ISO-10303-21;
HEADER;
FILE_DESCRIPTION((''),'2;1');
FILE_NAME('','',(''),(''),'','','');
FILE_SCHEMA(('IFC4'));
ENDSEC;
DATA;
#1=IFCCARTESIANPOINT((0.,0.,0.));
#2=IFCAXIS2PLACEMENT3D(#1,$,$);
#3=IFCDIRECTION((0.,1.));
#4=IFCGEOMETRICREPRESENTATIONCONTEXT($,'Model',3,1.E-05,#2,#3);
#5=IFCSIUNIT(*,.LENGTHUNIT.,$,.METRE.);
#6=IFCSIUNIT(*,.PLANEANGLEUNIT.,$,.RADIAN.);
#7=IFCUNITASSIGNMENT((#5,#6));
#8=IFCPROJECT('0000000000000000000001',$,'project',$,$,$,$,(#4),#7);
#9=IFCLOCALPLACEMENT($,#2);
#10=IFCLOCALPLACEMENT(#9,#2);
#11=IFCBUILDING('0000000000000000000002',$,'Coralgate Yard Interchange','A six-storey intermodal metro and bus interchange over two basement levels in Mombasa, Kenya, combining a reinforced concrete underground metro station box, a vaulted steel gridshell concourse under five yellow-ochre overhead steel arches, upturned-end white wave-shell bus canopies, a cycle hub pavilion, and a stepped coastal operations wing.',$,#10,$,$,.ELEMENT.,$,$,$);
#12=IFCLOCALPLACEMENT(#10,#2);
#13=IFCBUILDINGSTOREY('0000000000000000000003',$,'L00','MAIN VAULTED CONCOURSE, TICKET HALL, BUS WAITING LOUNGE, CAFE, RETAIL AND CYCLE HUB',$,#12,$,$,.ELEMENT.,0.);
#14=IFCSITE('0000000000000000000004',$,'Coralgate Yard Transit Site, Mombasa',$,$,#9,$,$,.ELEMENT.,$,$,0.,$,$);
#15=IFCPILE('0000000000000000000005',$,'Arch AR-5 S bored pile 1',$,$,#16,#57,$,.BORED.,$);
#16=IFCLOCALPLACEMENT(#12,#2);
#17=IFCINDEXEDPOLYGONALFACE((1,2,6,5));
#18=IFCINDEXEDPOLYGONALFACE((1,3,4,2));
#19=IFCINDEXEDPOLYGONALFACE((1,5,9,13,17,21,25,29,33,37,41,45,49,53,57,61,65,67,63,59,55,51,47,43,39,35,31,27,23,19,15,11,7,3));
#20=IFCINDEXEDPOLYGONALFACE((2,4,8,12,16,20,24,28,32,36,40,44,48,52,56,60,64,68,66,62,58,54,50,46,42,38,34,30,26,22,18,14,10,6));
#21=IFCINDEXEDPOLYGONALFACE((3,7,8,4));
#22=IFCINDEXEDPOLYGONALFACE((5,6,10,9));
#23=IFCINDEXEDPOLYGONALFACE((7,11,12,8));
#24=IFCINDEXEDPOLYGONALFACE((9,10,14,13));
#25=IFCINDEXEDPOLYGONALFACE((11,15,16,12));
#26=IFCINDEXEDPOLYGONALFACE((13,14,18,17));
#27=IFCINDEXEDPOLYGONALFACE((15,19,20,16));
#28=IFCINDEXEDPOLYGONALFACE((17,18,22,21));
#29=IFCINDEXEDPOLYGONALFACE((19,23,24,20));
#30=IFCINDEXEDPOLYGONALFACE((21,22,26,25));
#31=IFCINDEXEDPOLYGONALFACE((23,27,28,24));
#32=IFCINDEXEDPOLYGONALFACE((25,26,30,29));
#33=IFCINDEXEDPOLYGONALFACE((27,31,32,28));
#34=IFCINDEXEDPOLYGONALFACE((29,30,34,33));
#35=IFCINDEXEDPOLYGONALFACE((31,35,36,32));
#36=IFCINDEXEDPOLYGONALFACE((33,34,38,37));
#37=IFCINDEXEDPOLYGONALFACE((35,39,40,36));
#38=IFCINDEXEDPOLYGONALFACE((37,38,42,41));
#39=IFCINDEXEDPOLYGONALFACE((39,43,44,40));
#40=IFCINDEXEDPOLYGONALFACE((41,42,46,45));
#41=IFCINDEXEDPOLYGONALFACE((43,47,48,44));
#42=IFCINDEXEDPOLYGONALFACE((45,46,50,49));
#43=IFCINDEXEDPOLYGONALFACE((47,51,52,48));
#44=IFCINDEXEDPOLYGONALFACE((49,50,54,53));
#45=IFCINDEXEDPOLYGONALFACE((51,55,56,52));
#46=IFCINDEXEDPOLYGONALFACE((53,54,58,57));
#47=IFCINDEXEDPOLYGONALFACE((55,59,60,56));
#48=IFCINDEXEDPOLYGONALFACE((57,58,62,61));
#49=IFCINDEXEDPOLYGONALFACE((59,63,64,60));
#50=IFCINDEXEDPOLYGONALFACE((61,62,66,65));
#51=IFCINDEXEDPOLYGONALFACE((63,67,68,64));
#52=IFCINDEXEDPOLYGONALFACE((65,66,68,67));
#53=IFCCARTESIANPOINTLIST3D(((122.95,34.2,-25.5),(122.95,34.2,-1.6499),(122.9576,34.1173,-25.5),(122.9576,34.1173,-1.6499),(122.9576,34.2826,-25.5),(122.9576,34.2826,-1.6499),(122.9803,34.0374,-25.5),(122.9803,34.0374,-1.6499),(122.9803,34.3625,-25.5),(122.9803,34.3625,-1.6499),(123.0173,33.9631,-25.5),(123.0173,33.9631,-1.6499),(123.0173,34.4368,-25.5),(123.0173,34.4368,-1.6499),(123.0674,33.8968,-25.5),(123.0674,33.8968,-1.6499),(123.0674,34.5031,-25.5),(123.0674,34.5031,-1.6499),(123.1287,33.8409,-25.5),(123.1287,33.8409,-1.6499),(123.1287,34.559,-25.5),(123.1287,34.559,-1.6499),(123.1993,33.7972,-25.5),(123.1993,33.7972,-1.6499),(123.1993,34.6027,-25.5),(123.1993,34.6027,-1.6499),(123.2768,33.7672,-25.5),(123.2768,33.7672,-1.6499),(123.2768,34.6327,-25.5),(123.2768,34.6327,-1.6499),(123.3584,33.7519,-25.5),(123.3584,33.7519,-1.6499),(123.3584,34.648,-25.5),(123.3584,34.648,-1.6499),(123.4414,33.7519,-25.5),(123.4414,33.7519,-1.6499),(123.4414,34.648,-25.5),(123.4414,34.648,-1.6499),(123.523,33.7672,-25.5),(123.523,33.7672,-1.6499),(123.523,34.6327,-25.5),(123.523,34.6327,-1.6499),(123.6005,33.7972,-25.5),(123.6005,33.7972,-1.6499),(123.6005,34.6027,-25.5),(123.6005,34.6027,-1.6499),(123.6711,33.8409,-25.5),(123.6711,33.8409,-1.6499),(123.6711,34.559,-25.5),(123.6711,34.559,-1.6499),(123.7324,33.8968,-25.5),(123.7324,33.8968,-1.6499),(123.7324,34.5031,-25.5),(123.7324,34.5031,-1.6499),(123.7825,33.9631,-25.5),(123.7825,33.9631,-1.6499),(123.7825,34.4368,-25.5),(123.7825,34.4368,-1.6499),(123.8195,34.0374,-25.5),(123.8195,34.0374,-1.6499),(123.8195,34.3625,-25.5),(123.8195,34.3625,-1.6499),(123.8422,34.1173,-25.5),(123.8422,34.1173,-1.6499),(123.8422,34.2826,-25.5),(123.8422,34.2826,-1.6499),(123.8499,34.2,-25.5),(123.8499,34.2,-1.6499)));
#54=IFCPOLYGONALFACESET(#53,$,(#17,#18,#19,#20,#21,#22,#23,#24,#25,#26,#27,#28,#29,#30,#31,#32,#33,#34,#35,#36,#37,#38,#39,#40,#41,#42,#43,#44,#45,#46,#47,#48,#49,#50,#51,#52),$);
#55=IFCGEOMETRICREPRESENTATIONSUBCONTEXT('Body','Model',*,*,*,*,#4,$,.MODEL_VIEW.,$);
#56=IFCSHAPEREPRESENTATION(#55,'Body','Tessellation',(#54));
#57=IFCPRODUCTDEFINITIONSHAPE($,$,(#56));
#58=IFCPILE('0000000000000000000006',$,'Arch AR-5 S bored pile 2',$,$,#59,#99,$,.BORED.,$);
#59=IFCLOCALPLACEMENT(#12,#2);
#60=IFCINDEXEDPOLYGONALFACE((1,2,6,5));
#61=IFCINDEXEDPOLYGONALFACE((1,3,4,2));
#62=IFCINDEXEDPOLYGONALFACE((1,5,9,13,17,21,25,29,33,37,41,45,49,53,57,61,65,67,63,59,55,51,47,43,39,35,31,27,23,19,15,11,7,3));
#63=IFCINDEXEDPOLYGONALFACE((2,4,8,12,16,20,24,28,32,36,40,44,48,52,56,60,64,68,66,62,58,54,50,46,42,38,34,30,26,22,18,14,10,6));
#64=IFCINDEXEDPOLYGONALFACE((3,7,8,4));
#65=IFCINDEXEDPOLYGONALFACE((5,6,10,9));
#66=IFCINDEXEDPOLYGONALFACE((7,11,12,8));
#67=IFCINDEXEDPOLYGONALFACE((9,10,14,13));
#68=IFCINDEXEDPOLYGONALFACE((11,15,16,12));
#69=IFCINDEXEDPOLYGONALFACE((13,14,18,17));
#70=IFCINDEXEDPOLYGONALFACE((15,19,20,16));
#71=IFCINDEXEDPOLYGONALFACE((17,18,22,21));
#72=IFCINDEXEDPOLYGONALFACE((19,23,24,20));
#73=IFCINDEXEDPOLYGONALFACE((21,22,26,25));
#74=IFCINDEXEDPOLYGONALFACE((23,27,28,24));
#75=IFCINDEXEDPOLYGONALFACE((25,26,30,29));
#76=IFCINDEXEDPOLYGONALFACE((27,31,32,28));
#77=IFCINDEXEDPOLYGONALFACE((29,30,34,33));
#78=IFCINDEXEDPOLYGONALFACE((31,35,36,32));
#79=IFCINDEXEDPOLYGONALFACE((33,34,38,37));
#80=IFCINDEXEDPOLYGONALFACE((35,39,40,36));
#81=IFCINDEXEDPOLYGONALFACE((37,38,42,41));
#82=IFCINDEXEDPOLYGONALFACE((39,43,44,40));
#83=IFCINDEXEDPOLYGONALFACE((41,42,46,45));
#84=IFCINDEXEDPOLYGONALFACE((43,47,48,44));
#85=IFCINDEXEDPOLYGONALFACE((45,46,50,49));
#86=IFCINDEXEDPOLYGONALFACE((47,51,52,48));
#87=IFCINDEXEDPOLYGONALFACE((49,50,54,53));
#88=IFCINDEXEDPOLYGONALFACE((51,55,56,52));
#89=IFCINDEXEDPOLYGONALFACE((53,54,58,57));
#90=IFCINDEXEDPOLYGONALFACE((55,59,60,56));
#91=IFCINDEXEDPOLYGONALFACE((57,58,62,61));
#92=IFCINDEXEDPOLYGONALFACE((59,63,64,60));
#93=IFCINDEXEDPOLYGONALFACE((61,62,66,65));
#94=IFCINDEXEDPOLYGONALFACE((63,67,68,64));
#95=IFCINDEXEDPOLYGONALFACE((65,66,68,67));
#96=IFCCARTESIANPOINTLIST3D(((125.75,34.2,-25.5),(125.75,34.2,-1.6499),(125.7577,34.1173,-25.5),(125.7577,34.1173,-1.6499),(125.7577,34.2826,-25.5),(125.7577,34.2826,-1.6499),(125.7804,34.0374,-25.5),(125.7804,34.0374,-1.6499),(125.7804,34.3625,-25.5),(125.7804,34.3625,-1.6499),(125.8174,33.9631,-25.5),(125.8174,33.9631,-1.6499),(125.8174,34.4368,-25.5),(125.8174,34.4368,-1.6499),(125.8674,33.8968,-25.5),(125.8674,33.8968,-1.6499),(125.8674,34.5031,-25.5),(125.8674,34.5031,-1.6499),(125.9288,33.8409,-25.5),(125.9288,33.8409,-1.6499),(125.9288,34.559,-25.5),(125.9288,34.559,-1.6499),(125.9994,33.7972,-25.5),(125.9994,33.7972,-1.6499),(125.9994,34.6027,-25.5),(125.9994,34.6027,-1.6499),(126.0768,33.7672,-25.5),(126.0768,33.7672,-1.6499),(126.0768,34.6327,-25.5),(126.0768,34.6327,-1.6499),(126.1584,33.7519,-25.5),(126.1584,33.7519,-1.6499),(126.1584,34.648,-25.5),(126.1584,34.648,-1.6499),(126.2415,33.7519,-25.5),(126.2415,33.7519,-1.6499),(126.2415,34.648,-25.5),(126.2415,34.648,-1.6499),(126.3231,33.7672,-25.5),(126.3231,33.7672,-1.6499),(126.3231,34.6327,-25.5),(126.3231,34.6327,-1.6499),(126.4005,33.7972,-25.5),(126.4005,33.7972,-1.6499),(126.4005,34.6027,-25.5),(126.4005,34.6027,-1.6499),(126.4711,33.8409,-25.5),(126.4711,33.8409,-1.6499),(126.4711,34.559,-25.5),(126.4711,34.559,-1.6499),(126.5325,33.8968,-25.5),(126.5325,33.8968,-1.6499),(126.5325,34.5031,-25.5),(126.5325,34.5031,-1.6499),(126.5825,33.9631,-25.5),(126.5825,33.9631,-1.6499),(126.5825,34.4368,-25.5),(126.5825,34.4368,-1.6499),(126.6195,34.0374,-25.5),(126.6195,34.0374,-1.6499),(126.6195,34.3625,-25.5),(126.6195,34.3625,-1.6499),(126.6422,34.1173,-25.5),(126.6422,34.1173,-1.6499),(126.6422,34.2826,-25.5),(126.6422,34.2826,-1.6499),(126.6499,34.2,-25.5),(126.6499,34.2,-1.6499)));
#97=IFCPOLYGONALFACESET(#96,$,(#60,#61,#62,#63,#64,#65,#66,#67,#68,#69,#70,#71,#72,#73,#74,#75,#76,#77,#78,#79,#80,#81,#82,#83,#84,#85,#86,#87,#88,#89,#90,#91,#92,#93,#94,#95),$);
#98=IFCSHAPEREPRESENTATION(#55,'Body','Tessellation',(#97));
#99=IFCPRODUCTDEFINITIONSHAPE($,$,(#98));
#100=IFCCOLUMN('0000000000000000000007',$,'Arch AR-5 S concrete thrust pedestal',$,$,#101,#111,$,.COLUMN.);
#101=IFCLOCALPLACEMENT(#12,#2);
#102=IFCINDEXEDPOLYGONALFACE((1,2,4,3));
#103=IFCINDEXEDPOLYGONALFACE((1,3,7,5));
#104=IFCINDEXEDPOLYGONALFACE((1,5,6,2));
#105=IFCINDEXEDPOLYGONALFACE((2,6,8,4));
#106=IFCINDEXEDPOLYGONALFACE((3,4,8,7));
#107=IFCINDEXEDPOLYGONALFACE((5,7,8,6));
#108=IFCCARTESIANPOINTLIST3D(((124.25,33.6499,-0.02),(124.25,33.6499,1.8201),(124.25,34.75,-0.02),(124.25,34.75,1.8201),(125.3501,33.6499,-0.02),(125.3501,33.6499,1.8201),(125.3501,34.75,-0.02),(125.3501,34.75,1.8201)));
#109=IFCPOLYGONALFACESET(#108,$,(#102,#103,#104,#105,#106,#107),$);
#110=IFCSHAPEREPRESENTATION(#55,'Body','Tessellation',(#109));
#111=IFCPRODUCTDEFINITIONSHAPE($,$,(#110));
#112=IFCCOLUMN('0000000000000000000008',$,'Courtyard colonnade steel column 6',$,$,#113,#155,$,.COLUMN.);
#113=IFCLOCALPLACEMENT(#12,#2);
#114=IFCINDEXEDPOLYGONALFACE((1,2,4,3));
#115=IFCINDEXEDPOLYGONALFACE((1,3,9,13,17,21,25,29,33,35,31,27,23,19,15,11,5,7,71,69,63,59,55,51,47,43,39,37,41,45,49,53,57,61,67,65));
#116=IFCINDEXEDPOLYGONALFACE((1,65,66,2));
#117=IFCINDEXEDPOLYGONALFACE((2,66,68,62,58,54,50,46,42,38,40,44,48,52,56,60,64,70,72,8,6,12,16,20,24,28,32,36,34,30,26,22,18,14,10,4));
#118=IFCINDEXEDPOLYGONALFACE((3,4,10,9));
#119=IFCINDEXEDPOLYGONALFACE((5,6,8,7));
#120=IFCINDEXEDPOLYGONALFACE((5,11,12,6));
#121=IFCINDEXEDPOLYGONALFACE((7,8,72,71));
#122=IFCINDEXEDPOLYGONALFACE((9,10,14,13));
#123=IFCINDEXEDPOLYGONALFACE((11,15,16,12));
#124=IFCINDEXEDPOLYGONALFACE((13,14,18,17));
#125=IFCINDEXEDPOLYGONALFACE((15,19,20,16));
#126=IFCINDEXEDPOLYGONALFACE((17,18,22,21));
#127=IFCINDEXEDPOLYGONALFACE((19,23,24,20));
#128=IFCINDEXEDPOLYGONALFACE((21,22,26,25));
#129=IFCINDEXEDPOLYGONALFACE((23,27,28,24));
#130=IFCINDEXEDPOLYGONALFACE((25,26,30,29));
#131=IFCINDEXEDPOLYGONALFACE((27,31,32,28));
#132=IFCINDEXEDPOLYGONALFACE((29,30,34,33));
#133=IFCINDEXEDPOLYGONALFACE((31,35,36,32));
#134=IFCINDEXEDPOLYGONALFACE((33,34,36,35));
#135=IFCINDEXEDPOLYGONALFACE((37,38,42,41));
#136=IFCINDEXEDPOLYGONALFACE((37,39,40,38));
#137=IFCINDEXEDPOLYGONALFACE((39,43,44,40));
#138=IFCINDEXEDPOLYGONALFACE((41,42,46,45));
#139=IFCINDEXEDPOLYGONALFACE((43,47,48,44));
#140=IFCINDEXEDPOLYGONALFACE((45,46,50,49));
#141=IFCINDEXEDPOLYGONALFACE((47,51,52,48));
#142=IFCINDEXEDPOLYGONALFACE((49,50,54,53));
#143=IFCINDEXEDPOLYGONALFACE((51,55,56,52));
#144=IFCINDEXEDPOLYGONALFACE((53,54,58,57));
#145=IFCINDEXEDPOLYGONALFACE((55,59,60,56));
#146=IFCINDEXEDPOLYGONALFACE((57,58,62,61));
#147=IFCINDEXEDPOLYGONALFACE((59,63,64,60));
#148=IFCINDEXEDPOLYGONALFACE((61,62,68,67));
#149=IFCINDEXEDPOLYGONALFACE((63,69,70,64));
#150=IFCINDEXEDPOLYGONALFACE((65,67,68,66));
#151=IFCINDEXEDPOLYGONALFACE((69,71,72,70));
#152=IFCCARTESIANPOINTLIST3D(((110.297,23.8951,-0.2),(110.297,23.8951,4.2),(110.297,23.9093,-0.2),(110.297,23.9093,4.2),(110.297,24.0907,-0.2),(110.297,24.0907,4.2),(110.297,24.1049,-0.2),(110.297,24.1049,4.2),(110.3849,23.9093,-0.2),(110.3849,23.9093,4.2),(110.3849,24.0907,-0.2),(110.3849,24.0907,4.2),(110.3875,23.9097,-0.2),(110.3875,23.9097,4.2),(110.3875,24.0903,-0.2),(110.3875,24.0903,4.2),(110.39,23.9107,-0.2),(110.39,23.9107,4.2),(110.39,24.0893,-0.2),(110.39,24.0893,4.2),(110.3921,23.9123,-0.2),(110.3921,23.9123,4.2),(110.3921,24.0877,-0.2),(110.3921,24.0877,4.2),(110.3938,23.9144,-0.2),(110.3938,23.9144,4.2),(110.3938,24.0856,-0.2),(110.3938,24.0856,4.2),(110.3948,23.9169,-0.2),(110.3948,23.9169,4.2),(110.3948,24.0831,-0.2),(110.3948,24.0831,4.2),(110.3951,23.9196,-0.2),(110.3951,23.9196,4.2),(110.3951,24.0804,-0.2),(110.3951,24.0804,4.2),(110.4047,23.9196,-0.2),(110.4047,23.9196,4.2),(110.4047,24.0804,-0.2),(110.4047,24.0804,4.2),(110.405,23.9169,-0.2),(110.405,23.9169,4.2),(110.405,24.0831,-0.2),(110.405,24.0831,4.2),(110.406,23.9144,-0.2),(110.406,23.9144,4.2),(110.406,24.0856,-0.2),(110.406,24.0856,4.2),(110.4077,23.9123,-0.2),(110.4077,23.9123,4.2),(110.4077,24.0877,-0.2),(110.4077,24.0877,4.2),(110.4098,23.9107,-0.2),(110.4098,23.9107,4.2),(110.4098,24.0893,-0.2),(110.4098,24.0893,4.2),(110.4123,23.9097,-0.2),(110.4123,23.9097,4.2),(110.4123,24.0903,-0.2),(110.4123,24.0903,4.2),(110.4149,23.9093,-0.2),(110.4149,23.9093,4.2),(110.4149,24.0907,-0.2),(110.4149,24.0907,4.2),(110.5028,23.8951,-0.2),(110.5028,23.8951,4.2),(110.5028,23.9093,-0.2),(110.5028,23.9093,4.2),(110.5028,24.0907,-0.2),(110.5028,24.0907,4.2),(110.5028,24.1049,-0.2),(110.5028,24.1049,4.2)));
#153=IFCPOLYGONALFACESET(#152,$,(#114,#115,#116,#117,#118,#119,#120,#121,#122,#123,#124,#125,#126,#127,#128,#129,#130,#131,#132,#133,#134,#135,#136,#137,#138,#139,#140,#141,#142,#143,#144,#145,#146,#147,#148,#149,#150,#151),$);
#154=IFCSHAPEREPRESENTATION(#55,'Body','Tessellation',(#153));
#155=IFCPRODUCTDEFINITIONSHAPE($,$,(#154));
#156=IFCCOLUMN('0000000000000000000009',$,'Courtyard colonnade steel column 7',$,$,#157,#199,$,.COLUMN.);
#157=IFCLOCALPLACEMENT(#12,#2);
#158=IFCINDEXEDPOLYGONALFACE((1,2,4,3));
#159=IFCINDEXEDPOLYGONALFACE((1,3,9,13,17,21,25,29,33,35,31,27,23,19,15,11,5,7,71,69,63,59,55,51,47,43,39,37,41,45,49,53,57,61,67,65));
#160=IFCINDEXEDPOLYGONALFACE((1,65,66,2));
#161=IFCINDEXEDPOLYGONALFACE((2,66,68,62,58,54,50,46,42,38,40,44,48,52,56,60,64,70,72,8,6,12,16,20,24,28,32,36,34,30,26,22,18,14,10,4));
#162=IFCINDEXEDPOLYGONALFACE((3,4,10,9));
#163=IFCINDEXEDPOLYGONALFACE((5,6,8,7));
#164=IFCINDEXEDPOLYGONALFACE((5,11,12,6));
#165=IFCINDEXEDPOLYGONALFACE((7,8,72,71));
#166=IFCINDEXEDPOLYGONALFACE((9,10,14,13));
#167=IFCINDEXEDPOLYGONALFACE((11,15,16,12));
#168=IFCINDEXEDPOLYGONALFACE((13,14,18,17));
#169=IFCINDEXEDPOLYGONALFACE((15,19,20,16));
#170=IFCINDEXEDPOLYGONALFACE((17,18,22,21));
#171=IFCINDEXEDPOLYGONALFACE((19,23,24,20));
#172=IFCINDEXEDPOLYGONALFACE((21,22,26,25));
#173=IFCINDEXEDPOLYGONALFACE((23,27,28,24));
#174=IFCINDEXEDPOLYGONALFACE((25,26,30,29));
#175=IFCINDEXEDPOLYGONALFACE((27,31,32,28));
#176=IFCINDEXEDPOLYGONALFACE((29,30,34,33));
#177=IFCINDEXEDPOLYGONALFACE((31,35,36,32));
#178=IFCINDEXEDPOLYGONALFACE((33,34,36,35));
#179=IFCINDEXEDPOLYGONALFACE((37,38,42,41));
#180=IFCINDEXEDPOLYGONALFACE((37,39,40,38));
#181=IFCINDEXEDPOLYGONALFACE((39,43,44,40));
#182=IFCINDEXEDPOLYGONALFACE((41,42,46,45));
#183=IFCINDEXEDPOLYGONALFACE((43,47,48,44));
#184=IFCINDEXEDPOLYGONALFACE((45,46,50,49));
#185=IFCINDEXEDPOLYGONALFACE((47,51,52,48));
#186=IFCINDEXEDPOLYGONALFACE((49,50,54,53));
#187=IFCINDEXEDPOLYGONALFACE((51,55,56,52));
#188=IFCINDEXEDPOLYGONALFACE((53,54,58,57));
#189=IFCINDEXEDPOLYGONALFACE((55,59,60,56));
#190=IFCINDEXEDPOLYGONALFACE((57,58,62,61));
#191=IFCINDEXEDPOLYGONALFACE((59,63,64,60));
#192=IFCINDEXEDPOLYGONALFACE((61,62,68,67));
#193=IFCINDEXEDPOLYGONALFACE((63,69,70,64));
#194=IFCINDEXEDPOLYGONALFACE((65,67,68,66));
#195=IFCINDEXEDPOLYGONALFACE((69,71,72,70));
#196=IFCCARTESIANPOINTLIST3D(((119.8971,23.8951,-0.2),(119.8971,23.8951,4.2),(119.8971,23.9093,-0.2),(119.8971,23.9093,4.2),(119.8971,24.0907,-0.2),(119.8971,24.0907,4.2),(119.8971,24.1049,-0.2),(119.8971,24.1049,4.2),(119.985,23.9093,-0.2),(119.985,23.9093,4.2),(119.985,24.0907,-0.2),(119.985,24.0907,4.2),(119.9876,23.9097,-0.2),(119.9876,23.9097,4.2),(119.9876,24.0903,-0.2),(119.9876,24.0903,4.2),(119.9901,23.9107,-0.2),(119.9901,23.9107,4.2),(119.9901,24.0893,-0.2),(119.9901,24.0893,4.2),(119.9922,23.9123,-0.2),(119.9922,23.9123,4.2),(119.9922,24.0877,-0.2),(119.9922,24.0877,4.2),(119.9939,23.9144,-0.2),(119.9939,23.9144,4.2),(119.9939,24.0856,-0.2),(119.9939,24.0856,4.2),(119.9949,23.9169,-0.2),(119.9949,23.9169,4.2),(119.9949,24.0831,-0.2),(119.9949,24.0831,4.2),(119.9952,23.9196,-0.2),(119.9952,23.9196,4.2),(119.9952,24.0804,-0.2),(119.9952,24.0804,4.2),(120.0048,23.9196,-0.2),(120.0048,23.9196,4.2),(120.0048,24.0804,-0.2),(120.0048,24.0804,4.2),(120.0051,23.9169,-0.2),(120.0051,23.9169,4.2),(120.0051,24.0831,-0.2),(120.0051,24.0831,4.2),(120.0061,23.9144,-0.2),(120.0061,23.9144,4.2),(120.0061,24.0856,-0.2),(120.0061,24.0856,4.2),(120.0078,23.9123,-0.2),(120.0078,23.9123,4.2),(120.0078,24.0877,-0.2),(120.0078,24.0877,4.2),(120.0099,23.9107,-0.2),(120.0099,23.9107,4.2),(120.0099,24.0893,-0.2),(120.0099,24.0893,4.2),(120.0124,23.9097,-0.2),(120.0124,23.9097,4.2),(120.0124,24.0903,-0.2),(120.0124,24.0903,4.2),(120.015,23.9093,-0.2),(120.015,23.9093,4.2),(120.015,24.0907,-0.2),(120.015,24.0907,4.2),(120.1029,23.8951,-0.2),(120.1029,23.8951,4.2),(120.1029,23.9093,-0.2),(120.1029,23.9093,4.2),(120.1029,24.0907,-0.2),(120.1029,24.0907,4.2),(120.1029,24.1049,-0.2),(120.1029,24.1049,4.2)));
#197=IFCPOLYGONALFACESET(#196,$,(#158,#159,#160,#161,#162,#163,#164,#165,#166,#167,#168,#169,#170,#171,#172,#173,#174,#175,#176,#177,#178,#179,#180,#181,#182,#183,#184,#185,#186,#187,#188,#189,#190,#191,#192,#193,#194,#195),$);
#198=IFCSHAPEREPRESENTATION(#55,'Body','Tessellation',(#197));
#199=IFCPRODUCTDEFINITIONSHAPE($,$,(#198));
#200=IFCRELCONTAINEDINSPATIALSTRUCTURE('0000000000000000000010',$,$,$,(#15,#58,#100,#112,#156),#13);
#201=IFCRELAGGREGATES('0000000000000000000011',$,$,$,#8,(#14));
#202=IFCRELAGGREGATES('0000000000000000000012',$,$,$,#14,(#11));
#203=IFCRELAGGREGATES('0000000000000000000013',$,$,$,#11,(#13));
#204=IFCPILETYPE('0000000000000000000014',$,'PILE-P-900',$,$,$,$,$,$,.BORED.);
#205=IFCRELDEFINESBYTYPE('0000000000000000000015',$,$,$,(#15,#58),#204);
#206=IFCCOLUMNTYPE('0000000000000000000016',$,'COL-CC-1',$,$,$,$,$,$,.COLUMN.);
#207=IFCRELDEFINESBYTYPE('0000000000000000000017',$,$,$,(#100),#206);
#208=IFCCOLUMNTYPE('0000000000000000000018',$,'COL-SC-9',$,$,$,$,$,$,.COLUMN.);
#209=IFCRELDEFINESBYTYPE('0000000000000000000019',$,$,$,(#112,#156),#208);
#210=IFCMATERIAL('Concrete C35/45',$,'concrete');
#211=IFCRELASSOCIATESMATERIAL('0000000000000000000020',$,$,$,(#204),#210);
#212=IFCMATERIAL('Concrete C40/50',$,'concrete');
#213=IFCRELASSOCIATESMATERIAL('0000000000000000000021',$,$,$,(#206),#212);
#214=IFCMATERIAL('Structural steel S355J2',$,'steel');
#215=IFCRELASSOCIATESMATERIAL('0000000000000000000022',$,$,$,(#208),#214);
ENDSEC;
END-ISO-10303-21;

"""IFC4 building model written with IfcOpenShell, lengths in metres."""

from ifc_helpers import new_model, si_unit, direction, frame, origin, origin_2d, place, context, subcontext, project, spatial, rectangle, circle, i_section, extrude, material, material_profile, profile_set, type_object, element, save


model = new_model("IFC4")

# Units and contexts
model_context = context("Model", 3, precision=1e-05, world=origin(), true_north=direction((0.0, 1.0)))
body_context = subcontext(model_context, "Body", "Model", "MODEL_VIEW")
ifc_project = project(units=[si_unit("LENGTHUNIT", "METRE"), si_unit("PLANEANGLEUNIT", "RADIAN")], contexts=[model_context])

# Site, building, storey
site_placement = place(None, origin())
site = spatial("IfcSite", under=ifc_project, at=site_placement, Name="Coralgate Yard Transit Site, Mombasa", CompositionType="ELEMENT", RefElevation=0.0)
building_placement = place(site_placement, origin())
building = spatial("IfcBuilding", under=site, at=building_placement, Name="Coralgate Yard Interchange", Description="A six-storey intermodal metro and bus interchange over two basement levels in Mombasa, Kenya, combining a reinforced concrete underground metro station box, a vaulted steel gridshell concourse under five yellow-ochre overhead steel arches, upturned-end white wave-shell bus canopies, a cycle hub pavilion, and a stepped coastal operations wing.", CompositionType="ELEMENT")
storey_placement = place(building_placement, origin())
storey = spatial("IfcBuildingStorey", under=building, at=storey_placement, Name="L00", Description="MAIN VAULTED CONCOURSE, TICKET HALL, BUS WAITING LOUNGE, CAFE, RETAIL AND CYCLE HUB", CompositionType="ELEMENT", Elevation=0.0)

# Shared definitions
ifc_material_1 = material(Name="Concrete C40/50", Category="concrete")

# Piles
ifc_material_2 = material(Name="Concrete C35/45", Category="concrete")
ifc_material_profile_1 = material_profile(ifc_material_2, circle(Radius=0.45, at=origin_2d()), Name="BORED PILE D900")
ifc_profile_set_1 = profile_set([ifc_material_profile_1], Name="Concrete C35/45")
pile_type = type_object("IfcPileType", Name="PILE-P-900", PredefinedType="BORED", material=ifc_profile_set_1)
for number, where, z_axis, x_axis, name in (
    (1, (123.3999, 34.2, -1.6499), (0.0, 0.0, -1.0), (1.0, 0.0, 0.0), "Arch AR-5 S bored pile 1"),
    (2, (126.2, 34.2, -1.6499), (0.0, 0.0, -1.0), (1.0, 0.0, 0.0), "Arch AR-5 S bored pile 2"),
):
    element("IfcPile", number, at=place(storey_placement, frame(where, z_axis=z_axis, x_axis=x_axis)), inside=storey, type_object=pile_type, Name=name, PredefinedType="BORED", context=body_context, shape_type="SweptSolid", body=[
        extrude(circle(Radius=0.45, at=origin_2d()), origin(), (0.0, 0.0, 1.0), 23.8501),
    ])

# Columns
ifc_material_profile_2 = material_profile(ifc_material_1, rectangle(XDim=1.1001, YDim=1.1001, at=origin_2d()), Name="RC 1100x1100")
ifc_profile_set_2 = profile_set([ifc_material_profile_2], Name="Concrete C40/50")
column_type_1 = type_object("IfcColumnType", Name="COL-CC-1", PredefinedType="COLUMN", material=ifc_profile_set_2)
column_placement = place(storey_placement, frame((124.8, 34.2, -0.02), z_axis=(0.0, 0.0, 1.0), x_axis=(1.0, 0.0, 0.0)))
element("IfcColumn", 3, at=column_placement, inside=storey, type_object=column_type_1, Name="Arch AR-5 S concrete thrust pedestal", PredefinedType="COLUMN", context=body_context, shape_type="SweptSolid", body=[
    extrude(rectangle(XDim=1.1001, YDim=1.1001, at=origin_2d()), origin(), (0.0, 0.0, 1.0), 1.8401),
])
ifc_material_3 = material(Name="Structural steel S355J2", Category="steel")
ifc_material_profile_3 = material_profile(ifc_material_3, i_section(OverallWidth=0.2058, OverallDepth=0.2097, WebThickness=0.0095, FlangeThickness=0.0142, FilletRadius=0.0103, at=origin_2d()), Name="UC 203x203x60")
ifc_profile_set_3 = profile_set([ifc_material_profile_3], Name="Structural steel S355J2")
column_type_2 = type_object("IfcColumnType", Name="COL-SC-9", PredefinedType="COLUMN", material=ifc_profile_set_3)
for number, where, z_axis, x_axis, name in (
    (4, (110.3999, 24.0, -0.2), (0.0, 0.0, 1.0), (1.0, 0.0, 0.0), "Courtyard colonnade steel column 6"),
    (5, (120.0, 24.0, -0.2), (0.0, 0.0, 1.0), (1.0, 0.0, 0.0), "Courtyard colonnade steel column 7"),
):
    element("IfcColumn", number, at=place(storey_placement, frame(where, z_axis=z_axis, x_axis=x_axis)), inside=storey, type_object=column_type_2, Name=name, PredefinedType="COLUMN", context=body_context, shape_type="SweptSolid", body=[
        extrude(i_section(OverallWidth=0.2058, OverallDepth=0.2097, WebThickness=0.0095, FlangeThickness=0.0142, FilletRadius=0.0103, at=origin_2d()), origin(), (0.0, 0.0, 1.0), 4.3999),
    ])

save(model, "model.ifc")
